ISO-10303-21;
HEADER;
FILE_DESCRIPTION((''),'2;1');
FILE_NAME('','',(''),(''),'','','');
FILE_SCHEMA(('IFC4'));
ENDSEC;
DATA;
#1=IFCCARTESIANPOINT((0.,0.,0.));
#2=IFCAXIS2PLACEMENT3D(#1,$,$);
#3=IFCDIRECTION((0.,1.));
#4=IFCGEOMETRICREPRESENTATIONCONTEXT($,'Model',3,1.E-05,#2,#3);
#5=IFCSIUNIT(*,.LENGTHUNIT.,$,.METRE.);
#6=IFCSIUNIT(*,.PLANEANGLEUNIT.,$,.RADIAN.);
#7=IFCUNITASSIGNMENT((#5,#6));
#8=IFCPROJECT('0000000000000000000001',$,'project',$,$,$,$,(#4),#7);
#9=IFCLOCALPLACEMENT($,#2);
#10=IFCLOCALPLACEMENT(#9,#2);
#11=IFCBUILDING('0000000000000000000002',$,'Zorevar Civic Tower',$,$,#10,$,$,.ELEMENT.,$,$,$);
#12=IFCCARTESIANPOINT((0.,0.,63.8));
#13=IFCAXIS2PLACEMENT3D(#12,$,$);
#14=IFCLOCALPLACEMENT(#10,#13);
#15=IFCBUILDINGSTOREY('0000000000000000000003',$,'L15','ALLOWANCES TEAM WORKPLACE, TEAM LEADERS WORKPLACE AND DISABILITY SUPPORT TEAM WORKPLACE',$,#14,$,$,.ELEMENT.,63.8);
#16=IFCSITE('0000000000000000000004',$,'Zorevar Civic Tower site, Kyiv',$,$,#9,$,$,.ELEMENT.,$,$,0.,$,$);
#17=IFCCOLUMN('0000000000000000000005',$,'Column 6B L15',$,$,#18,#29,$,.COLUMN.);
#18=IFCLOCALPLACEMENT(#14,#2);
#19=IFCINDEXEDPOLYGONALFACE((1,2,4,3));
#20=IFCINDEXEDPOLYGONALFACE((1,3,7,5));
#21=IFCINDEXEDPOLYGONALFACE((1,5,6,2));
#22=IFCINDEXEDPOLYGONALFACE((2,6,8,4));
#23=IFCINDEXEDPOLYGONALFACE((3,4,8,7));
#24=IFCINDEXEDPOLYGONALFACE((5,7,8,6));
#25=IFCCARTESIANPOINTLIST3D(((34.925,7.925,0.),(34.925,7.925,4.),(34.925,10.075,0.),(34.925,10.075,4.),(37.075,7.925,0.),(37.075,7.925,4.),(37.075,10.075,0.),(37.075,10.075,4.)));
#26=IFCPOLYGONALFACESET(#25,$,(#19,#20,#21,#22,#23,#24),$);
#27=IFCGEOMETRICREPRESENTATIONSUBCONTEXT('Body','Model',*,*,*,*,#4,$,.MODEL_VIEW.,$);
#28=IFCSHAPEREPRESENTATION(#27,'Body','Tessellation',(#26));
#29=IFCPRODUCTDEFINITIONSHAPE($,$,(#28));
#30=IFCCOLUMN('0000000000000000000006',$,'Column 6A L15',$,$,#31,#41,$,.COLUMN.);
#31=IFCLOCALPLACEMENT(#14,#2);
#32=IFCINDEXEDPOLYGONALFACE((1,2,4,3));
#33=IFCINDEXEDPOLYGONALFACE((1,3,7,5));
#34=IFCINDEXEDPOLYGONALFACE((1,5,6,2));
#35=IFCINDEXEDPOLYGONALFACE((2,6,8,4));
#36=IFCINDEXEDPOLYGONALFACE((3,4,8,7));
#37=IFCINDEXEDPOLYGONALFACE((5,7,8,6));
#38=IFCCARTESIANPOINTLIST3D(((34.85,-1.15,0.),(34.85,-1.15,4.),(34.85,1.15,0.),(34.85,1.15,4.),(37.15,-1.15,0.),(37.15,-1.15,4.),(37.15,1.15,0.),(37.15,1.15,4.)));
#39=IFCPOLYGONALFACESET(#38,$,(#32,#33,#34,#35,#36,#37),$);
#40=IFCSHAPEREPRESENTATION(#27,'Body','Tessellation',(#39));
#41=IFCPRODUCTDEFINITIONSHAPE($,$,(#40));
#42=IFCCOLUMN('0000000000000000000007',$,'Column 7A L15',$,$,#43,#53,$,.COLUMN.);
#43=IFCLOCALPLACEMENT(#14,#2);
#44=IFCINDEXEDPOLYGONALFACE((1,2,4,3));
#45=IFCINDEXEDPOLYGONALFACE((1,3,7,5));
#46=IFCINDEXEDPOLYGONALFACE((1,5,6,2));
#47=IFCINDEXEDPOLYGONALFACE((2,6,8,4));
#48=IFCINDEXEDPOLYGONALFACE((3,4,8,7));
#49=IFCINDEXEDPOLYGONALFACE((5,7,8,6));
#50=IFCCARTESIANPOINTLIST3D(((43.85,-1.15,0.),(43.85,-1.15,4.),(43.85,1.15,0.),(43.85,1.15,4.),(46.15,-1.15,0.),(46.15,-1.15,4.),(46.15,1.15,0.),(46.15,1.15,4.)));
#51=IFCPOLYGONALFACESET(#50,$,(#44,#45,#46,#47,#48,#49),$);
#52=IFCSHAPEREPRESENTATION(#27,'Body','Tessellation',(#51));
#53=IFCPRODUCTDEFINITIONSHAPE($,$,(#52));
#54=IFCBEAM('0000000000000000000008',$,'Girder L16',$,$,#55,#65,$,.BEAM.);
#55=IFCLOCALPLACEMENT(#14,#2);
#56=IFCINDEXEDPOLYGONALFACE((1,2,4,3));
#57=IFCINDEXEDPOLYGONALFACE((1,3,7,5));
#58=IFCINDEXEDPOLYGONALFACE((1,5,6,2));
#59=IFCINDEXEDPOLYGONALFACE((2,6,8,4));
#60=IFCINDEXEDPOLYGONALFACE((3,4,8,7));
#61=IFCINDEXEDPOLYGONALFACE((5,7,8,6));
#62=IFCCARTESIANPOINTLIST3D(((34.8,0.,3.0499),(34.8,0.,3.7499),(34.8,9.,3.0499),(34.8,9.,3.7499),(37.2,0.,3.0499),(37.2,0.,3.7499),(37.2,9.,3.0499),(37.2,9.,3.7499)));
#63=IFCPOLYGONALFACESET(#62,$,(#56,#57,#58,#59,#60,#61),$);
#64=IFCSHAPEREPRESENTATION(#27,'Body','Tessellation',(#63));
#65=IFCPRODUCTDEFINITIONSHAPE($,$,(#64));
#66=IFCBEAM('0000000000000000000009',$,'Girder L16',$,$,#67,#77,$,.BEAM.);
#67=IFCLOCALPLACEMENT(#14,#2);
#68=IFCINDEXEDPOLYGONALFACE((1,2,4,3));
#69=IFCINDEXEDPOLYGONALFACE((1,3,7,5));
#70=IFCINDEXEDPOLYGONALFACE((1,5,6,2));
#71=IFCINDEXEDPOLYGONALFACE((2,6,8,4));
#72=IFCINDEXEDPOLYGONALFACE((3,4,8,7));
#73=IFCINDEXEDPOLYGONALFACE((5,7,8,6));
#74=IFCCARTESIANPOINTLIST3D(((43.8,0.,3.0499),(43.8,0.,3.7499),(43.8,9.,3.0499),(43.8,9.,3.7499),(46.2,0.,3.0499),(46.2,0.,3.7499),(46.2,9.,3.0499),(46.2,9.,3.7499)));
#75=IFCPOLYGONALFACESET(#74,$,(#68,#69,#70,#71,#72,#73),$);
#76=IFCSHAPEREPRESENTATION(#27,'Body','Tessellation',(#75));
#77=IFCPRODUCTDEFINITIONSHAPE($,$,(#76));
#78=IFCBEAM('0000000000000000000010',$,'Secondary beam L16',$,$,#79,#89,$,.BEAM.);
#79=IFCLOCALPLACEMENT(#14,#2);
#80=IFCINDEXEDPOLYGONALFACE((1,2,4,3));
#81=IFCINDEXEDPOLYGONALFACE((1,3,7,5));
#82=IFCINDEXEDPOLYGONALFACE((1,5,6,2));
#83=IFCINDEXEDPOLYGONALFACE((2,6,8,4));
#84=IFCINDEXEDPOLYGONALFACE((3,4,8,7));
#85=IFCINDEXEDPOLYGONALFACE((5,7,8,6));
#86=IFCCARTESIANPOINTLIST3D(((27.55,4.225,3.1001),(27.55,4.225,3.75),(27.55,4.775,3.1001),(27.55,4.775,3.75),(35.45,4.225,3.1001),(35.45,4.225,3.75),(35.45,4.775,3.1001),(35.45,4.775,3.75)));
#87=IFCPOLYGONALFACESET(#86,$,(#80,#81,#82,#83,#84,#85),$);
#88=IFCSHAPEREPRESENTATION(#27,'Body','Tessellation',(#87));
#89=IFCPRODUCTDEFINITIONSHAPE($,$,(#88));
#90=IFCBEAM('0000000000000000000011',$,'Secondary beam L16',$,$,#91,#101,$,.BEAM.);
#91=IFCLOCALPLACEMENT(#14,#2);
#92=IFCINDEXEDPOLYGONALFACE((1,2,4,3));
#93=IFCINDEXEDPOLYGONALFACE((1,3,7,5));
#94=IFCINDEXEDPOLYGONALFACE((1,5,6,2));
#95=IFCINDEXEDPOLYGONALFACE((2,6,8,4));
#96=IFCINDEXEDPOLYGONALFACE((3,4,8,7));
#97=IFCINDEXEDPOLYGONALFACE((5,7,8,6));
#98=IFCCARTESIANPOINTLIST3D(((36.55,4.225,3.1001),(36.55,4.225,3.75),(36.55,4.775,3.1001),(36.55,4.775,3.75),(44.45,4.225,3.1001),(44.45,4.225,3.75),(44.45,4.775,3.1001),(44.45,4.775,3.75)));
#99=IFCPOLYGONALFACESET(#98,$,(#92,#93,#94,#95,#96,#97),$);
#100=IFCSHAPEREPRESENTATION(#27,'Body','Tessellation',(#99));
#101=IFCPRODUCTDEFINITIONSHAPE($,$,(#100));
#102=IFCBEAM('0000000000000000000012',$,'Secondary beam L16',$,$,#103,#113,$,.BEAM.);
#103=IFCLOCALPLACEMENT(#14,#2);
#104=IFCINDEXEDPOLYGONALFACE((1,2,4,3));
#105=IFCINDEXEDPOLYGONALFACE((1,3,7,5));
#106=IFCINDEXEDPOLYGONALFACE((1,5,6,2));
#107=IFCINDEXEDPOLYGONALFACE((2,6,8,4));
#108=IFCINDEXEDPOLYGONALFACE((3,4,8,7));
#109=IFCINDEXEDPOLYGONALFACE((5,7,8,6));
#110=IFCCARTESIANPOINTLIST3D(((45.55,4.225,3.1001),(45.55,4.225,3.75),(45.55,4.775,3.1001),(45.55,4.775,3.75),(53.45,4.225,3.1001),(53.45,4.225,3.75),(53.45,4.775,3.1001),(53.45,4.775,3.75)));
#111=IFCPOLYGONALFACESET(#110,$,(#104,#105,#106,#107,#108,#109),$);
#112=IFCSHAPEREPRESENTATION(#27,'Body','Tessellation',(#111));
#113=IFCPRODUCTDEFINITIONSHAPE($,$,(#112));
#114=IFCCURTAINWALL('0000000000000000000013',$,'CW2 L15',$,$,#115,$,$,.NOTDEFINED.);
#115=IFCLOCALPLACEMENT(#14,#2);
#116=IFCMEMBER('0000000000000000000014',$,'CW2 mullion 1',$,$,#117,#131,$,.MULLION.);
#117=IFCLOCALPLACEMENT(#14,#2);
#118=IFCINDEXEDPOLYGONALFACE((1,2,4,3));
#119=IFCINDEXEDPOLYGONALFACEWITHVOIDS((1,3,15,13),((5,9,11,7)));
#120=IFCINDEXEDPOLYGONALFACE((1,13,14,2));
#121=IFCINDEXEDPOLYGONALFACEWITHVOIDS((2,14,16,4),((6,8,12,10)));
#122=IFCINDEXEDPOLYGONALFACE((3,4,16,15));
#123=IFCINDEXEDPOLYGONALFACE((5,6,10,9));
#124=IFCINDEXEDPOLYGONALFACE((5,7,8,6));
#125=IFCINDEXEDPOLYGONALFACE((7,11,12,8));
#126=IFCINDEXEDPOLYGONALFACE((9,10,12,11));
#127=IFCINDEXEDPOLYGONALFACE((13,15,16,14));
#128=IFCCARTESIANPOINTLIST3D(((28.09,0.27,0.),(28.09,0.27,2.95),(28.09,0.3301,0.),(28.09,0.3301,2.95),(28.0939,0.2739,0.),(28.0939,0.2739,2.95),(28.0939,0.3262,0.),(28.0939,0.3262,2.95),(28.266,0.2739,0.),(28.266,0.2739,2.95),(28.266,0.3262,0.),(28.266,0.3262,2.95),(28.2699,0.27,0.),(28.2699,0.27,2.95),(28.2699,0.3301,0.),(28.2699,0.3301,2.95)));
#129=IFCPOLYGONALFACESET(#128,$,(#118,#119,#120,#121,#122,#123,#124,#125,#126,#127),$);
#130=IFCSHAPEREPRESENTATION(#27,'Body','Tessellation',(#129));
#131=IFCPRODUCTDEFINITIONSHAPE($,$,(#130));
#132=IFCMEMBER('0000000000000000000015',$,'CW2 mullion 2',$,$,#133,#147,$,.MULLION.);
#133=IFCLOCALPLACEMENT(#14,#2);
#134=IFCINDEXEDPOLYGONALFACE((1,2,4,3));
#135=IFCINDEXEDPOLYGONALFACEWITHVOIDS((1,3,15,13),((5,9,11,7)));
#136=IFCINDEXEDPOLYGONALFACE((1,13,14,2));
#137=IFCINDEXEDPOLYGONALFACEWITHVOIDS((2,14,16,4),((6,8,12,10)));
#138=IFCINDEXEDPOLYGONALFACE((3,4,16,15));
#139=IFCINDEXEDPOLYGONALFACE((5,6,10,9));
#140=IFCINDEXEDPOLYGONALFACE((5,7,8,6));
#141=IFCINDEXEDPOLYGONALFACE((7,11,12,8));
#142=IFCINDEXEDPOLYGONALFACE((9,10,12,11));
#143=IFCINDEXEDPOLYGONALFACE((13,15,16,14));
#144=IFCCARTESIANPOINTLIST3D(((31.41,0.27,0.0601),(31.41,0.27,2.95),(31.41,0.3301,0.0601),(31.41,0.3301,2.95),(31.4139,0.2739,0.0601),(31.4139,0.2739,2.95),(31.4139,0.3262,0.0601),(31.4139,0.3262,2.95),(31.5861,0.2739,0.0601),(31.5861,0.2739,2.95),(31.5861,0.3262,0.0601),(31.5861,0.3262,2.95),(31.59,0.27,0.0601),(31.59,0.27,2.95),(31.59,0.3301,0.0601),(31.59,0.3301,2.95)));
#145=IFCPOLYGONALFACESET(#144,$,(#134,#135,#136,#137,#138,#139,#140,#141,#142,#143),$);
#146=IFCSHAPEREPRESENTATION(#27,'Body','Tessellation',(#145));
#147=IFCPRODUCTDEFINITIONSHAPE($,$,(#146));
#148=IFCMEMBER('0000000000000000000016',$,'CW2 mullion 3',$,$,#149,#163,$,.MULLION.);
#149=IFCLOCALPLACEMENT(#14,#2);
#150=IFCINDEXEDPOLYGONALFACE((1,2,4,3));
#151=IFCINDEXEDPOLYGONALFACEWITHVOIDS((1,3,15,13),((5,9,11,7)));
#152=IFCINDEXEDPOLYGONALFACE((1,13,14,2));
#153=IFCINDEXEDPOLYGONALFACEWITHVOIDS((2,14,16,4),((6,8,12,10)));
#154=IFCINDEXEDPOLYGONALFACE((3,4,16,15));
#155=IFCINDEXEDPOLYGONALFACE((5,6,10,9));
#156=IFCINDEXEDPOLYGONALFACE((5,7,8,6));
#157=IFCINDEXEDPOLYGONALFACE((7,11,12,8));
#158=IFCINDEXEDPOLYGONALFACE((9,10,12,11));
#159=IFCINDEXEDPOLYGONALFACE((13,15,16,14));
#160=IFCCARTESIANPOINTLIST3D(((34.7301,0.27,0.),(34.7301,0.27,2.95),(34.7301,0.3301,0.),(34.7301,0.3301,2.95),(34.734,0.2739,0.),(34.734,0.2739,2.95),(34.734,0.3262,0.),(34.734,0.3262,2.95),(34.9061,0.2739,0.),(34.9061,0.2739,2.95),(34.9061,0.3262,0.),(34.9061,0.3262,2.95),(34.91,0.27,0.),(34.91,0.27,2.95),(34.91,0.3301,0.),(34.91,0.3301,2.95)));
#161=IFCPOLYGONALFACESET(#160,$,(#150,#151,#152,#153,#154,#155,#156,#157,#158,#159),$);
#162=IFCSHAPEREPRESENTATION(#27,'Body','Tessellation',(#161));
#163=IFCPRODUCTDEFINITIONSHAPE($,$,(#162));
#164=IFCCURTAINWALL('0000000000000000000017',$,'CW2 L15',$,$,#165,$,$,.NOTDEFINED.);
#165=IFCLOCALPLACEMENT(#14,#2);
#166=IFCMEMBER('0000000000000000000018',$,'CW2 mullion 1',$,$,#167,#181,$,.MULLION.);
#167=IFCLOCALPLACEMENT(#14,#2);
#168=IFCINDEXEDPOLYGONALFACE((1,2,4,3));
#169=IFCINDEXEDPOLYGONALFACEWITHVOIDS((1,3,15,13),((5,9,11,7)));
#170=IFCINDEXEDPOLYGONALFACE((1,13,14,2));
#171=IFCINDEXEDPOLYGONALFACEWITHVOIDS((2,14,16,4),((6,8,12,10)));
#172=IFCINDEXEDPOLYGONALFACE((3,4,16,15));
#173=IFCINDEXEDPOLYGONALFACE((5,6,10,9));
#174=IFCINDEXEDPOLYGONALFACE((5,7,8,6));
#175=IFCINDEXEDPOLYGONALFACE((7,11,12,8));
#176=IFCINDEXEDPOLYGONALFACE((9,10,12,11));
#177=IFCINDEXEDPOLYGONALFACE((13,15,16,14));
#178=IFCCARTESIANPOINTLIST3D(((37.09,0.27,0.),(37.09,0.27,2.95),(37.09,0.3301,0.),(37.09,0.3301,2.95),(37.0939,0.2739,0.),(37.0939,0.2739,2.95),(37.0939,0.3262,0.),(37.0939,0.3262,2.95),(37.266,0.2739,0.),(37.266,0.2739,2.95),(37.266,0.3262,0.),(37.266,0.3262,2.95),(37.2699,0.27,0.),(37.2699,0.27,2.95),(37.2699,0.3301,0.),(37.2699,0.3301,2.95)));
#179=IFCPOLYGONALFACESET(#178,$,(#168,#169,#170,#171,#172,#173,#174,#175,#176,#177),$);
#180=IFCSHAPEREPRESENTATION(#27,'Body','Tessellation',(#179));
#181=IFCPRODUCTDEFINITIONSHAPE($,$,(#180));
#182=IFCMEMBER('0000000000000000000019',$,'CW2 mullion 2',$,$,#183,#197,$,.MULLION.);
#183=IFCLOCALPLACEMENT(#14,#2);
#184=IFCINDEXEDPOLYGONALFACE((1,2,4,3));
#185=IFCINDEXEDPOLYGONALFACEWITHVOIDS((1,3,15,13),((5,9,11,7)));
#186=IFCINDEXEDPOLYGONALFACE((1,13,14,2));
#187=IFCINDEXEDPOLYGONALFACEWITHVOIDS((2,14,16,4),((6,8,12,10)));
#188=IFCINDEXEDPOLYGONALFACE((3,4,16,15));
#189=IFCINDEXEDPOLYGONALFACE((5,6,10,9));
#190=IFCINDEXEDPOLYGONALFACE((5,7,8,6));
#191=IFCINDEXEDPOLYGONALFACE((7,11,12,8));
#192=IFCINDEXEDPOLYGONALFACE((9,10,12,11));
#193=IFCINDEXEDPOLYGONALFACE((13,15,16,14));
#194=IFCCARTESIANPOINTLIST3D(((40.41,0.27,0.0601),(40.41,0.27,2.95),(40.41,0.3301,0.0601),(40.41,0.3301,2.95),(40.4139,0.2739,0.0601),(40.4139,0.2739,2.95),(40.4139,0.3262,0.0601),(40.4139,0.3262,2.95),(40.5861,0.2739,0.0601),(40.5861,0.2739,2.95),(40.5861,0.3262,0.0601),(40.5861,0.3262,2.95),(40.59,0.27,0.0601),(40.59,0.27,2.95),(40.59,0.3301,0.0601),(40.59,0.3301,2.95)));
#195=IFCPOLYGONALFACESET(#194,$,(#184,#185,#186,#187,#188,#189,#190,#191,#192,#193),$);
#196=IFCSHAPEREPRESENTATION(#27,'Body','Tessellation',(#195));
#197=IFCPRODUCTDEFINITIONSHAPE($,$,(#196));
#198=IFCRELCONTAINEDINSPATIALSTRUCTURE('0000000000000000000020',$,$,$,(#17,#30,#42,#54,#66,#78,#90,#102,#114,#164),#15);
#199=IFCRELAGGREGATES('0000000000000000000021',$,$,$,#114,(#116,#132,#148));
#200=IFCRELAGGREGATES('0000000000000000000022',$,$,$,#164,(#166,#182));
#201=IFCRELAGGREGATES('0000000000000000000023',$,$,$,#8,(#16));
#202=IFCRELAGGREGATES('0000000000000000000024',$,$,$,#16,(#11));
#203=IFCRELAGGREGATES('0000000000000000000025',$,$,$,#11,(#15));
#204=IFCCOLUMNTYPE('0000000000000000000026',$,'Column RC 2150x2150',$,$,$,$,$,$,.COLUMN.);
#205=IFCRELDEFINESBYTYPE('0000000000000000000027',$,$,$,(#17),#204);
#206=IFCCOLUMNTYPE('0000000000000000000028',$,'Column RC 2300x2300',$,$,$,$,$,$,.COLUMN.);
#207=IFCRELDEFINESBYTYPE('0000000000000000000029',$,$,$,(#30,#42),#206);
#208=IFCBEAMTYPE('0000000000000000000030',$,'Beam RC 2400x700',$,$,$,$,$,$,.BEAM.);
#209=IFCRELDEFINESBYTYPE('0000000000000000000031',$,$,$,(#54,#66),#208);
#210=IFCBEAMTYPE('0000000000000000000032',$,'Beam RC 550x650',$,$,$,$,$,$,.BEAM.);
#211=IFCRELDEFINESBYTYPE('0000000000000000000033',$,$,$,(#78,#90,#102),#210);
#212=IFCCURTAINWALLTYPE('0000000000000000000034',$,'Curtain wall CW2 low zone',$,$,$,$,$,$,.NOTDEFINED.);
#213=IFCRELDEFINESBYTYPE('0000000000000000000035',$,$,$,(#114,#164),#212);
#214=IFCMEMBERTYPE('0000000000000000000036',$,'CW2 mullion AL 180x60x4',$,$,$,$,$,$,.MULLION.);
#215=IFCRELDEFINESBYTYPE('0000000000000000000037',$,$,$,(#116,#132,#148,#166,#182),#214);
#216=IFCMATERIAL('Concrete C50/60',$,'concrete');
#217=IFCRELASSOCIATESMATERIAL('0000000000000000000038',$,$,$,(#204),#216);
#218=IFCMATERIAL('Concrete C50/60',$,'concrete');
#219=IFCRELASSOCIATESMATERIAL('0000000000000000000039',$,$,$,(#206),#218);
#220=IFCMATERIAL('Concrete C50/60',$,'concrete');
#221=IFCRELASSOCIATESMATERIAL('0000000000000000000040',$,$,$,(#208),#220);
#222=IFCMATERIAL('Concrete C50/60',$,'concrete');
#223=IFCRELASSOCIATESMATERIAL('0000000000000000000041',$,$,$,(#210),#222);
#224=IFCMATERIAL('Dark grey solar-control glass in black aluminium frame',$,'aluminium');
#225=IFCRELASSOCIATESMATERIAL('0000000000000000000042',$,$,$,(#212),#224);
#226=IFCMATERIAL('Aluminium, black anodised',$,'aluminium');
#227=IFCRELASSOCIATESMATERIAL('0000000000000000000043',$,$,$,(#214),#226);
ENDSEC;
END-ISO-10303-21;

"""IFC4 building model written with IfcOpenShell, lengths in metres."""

from ifc_helpers import new_model, si_unit, direction, frame, origin, origin_2d, place, context, subcontext, project, spatial, rectangle, hollow_rectangle, extrude, material, material_profile, profile_set, type_object, element, aggregate, save


model = new_model("IFC4")

# Units and contexts
model_context = context("Model", 3, precision=1e-05, world=origin(), true_north=direction((0.0, 1.0)))
body_context = subcontext(model_context, "Body", "Model", "MODEL_VIEW")
ifc_project = project(units=[si_unit("LENGTHUNIT", "METRE"), si_unit("PLANEANGLEUNIT", "RADIAN")], contexts=[model_context])

# Site, building, storey
site_placement = place(None, origin())
site = spatial("IfcSite", under=ifc_project, at=site_placement, Name="Zorevar Civic Tower site, Kyiv", CompositionType="ELEMENT", RefElevation=0.0)
building_placement = place(site_placement, origin())
building = spatial("IfcBuilding", under=site, at=building_placement, Name="Zorevar Civic Tower", CompositionType="ELEMENT")
storey_placement = place(building_placement, frame((0.0, 0.0, 63.8)))
storey = spatial("IfcBuildingStorey", under=building, at=storey_placement, Name="L15", Description="ALLOWANCES TEAM WORKPLACE, TEAM LEADERS WORKPLACE AND DISABILITY SUPPORT TEAM WORKPLACE", CompositionType="ELEMENT", Elevation=63.8)

# Columns
ifc_material_1 = material(Name="Concrete C50/60", Category="concrete")
ifc_material_profile_1 = material_profile(ifc_material_1, rectangle(XDim=2.1499, YDim=2.1499, at=origin_2d()), Name="RC 2150x2150")
ifc_profile_set_1 = profile_set([ifc_material_profile_1], Name="Concrete C50/60")
column_type_1 = type_object("IfcColumnType", Name="Column RC 2150x2150", PredefinedType="COLUMN", material=ifc_profile_set_1)
column_placement = place(storey_placement, frame((36.0, 9.0, 0.0), z_axis=(0.0, 0.0, 1.0), x_axis=(1.0, 0.0, 0.0)))
element("IfcColumn", 1, at=column_placement, inside=storey, type_object=column_type_1, Name="Column 6B L15", PredefinedType="COLUMN", context=body_context, shape_type="SweptSolid", body=[
    extrude(rectangle(XDim=2.1499, YDim=2.1499, at=origin_2d()), origin(), (0.0, 0.0, 1.0), 4.0),
])
ifc_material_2 = material(Name="Concrete C50/60", Category="concrete")
ifc_material_profile_2 = material_profile(ifc_material_2, rectangle(XDim=2.3, YDim=2.3, at=origin_2d()), Name="RC 2300x2300")
ifc_profile_set_2 = profile_set([ifc_material_profile_2], Name="Concrete C50/60")
column_type_2 = type_object("IfcColumnType", Name="Column RC 2300x2300", PredefinedType="COLUMN", material=ifc_profile_set_2)
for number, where, z_axis, x_axis, name in (
    (2, (36.0, 0.0, 0.0), (0.0, 0.0, 1.0), (1.0, 0.0, 0.0), "Column 6A L15"),
    (3, (45.0, 0.0, 0.0), (0.0, 0.0, 1.0), (1.0, 0.0, 0.0), "Column 7A L15"),
):
    element("IfcColumn", number, at=place(storey_placement, frame(where, z_axis=z_axis, x_axis=x_axis)), inside=storey, type_object=column_type_2, Name=name, PredefinedType="COLUMN", context=body_context, shape_type="SweptSolid", body=[
        extrude(rectangle(XDim=2.3, YDim=2.3, at=origin_2d()), origin(), (0.0, 0.0, 1.0), 4.0),
    ])

# Beams
ifc_material_3 = material(Name="Concrete C50/60", Category="concrete")
ifc_material_profile_3 = material_profile(ifc_material_3, rectangle(XDim=2.3999, YDim=0.7, at=origin_2d()), Name="RC 2400x700")
ifc_profile_set_3 = profile_set([ifc_material_profile_3], Name="Concrete C50/60")
beam_type_1 = type_object("IfcBeamType", Name="Beam RC 2400x700", PredefinedType="BEAM", material=ifc_profile_set_3)
for number, where, z_axis, x_axis, name in (
    (4, (36.0, 0.0, 3.3999), (0.0, 1.0, 0.0), (-1.0, 0.0, 0.0), "Girder L16"),
    (5, (45.0, 0.0, 3.3999), (0.0, 1.0, 0.0), (-1.0, 0.0, 0.0), "Girder L16"),
):
    element("IfcBeam", number, at=place(storey_placement, frame(where, z_axis=z_axis, x_axis=x_axis)), inside=storey, type_object=beam_type_1, Name=name, PredefinedType="BEAM", context=body_context, shape_type="SweptSolid", body=[
        extrude(rectangle(XDim=2.3999, YDim=0.7, at=origin_2d()), origin(), (0.0, 0.0, 1.0), 9.0),
    ])
ifc_material_4 = material(Name="Concrete C50/60", Category="concrete")
ifc_material_profile_4 = material_profile(ifc_material_4, rectangle(XDim=0.55, YDim=0.6499, at=origin_2d()), Name="RC 550x650")
ifc_profile_set_4 = profile_set([ifc_material_profile_4], Name="Concrete C50/60")
beam_type_2 = type_object("IfcBeamType", Name="Beam RC 550x650", PredefinedType="BEAM", material=ifc_profile_set_4)
for number, where, z_axis, x_axis, name in (
    (6, (27.55, 4.5, 3.425), (1.0, 0.0, 0.0), (0.0, 1.0, 0.0), "Secondary beam L16"),
    (7, (36.55, 4.5, 3.425), (1.0, 0.0, 0.0), (0.0, 1.0, 0.0), "Secondary beam L16"),
    (8, (45.55, 4.5, 3.425), (1.0, 0.0, 0.0), (0.0, 1.0, 0.0), "Secondary beam L16"),
):
    element("IfcBeam", number, at=place(storey_placement, frame(where, z_axis=z_axis, x_axis=x_axis)), inside=storey, type_object=beam_type_2, Name=name, PredefinedType="BEAM", context=body_context, shape_type="SweptSolid", body=[
        extrude(rectangle(XDim=0.55, YDim=0.6499, at=origin_2d()), origin(), (0.0, 0.0, 1.0), 7.8999),
    ])

# Curtain walls, members
ifc_material_5 = material(Name="Dark grey solar-control glass in black aluminium frame", Category="aluminium")
curtain_wall_type = type_object("IfcCurtainWallType", Name="Curtain wall CW2 low zone", PredefinedType="NOTDEFINED", material=ifc_material_5)
curtain_wall_1_placement = place(storey_placement, origin())
curtain_wall_1 = element("IfcCurtainWall", 9, at=curtain_wall_1_placement, inside=storey, type_object=curtain_wall_type, Name="CW2 L15", PredefinedType="NOTDEFINED")
ifc_material_6 = material(Name="Aluminium, black anodised", Category="aluminium")
ifc_material_profile_5 = material_profile(ifc_material_6, hollow_rectangle(XDim=0.0601, YDim=0.1799, WallThickness=0.0039, at=origin_2d()), Name="AL 180x60x4")
ifc_profile_set_5 = profile_set([ifc_material_profile_5], Name="Aluminium, black anodised")
member_type_1 = type_object("IfcMemberType", Name="CW2 mullion AL 180x60x4", PredefinedType="MULLION", material=ifc_profile_set_5)
member_1_placement = place(storey_placement, frame((28.1799, 0.3, 0.0), z_axis=(0.0, 0.0, 1.0), x_axis=(0.0, 1.0, 0.0)))
member_1 = element("IfcMember", 10, at=member_1_placement, type_object=member_type_1, Name="CW2 mullion 1", PredefinedType="MULLION", context=body_context, shape_type="SweptSolid", body=[
    extrude(hollow_rectangle(XDim=0.0601, YDim=0.1799, WallThickness=0.0039, at=origin_2d()), origin(), (0.0, 0.0, 1.0), 2.95),
])
member_2_placement = place(storey_placement, frame((31.5, 0.3, 0.0601), z_axis=(0.0, 0.0, 1.0), x_axis=(0.0, 1.0, 0.0)))
member_2 = element("IfcMember", 11, at=member_2_placement, type_object=member_type_1, Name="CW2 mullion 2", PredefinedType="MULLION", context=body_context, shape_type="SweptSolid", body=[
    extrude(hollow_rectangle(XDim=0.0601, YDim=0.1799, WallThickness=0.0039, at=origin_2d()), origin(), (0.0, 0.0, 1.0), 2.8899),
])
member_3_placement = place(storey_placement, frame((34.8201, 0.3, 0.0), z_axis=(0.0, 0.0, 1.0), x_axis=(0.0, 1.0, 0.0)))
member_3 = element("IfcMember", 12, at=member_3_placement, type_object=member_type_1, Name="CW2 mullion 3", PredefinedType="MULLION", context=body_context, shape_type="SweptSolid", body=[
    extrude(hollow_rectangle(XDim=0.0601, YDim=0.1799, WallThickness=0.0039, at=origin_2d()), origin(), (0.0, 0.0, 1.0), 2.95),
])
curtain_wall_2_placement = place(storey_placement, origin())
curtain_wall_2 = element("IfcCurtainWall", 13, at=curtain_wall_2_placement, inside=storey, type_object=curtain_wall_type, Name="CW2 L15", PredefinedType="NOTDEFINED")
member_4_placement = place(storey_placement, frame((37.1799, 0.3, 0.0), z_axis=(0.0, 0.0, 1.0), x_axis=(0.0, 1.0, 0.0)))
member_4 = element("IfcMember", 14, at=member_4_placement, type_object=member_type_1, Name="CW2 mullion 1", PredefinedType="MULLION", context=body_context, shape_type="SweptSolid", body=[
    extrude(hollow_rectangle(XDim=0.0601, YDim=0.1799, WallThickness=0.0039, at=origin_2d()), origin(), (0.0, 0.0, 1.0), 2.95),
])
member_5_placement = place(storey_placement, frame((40.5, 0.3, 0.0601), z_axis=(0.0, 0.0, 1.0), x_axis=(0.0, 1.0, 0.0)))
member_5 = element("IfcMember", 15, at=member_5_placement, type_object=member_type_1, Name="CW2 mullion 2", PredefinedType="MULLION", context=body_context, shape_type="SweptSolid", body=[
    extrude(hollow_rectangle(XDim=0.0601, YDim=0.1799, WallThickness=0.0039, at=origin_2d()), origin(), (0.0, 0.0, 1.0), 2.8899),
])

aggregate(curtain_wall_1, [member_1, member_2, member_3])
aggregate(curtain_wall_2, [member_4, member_5])

save(model, "model.ifc")
